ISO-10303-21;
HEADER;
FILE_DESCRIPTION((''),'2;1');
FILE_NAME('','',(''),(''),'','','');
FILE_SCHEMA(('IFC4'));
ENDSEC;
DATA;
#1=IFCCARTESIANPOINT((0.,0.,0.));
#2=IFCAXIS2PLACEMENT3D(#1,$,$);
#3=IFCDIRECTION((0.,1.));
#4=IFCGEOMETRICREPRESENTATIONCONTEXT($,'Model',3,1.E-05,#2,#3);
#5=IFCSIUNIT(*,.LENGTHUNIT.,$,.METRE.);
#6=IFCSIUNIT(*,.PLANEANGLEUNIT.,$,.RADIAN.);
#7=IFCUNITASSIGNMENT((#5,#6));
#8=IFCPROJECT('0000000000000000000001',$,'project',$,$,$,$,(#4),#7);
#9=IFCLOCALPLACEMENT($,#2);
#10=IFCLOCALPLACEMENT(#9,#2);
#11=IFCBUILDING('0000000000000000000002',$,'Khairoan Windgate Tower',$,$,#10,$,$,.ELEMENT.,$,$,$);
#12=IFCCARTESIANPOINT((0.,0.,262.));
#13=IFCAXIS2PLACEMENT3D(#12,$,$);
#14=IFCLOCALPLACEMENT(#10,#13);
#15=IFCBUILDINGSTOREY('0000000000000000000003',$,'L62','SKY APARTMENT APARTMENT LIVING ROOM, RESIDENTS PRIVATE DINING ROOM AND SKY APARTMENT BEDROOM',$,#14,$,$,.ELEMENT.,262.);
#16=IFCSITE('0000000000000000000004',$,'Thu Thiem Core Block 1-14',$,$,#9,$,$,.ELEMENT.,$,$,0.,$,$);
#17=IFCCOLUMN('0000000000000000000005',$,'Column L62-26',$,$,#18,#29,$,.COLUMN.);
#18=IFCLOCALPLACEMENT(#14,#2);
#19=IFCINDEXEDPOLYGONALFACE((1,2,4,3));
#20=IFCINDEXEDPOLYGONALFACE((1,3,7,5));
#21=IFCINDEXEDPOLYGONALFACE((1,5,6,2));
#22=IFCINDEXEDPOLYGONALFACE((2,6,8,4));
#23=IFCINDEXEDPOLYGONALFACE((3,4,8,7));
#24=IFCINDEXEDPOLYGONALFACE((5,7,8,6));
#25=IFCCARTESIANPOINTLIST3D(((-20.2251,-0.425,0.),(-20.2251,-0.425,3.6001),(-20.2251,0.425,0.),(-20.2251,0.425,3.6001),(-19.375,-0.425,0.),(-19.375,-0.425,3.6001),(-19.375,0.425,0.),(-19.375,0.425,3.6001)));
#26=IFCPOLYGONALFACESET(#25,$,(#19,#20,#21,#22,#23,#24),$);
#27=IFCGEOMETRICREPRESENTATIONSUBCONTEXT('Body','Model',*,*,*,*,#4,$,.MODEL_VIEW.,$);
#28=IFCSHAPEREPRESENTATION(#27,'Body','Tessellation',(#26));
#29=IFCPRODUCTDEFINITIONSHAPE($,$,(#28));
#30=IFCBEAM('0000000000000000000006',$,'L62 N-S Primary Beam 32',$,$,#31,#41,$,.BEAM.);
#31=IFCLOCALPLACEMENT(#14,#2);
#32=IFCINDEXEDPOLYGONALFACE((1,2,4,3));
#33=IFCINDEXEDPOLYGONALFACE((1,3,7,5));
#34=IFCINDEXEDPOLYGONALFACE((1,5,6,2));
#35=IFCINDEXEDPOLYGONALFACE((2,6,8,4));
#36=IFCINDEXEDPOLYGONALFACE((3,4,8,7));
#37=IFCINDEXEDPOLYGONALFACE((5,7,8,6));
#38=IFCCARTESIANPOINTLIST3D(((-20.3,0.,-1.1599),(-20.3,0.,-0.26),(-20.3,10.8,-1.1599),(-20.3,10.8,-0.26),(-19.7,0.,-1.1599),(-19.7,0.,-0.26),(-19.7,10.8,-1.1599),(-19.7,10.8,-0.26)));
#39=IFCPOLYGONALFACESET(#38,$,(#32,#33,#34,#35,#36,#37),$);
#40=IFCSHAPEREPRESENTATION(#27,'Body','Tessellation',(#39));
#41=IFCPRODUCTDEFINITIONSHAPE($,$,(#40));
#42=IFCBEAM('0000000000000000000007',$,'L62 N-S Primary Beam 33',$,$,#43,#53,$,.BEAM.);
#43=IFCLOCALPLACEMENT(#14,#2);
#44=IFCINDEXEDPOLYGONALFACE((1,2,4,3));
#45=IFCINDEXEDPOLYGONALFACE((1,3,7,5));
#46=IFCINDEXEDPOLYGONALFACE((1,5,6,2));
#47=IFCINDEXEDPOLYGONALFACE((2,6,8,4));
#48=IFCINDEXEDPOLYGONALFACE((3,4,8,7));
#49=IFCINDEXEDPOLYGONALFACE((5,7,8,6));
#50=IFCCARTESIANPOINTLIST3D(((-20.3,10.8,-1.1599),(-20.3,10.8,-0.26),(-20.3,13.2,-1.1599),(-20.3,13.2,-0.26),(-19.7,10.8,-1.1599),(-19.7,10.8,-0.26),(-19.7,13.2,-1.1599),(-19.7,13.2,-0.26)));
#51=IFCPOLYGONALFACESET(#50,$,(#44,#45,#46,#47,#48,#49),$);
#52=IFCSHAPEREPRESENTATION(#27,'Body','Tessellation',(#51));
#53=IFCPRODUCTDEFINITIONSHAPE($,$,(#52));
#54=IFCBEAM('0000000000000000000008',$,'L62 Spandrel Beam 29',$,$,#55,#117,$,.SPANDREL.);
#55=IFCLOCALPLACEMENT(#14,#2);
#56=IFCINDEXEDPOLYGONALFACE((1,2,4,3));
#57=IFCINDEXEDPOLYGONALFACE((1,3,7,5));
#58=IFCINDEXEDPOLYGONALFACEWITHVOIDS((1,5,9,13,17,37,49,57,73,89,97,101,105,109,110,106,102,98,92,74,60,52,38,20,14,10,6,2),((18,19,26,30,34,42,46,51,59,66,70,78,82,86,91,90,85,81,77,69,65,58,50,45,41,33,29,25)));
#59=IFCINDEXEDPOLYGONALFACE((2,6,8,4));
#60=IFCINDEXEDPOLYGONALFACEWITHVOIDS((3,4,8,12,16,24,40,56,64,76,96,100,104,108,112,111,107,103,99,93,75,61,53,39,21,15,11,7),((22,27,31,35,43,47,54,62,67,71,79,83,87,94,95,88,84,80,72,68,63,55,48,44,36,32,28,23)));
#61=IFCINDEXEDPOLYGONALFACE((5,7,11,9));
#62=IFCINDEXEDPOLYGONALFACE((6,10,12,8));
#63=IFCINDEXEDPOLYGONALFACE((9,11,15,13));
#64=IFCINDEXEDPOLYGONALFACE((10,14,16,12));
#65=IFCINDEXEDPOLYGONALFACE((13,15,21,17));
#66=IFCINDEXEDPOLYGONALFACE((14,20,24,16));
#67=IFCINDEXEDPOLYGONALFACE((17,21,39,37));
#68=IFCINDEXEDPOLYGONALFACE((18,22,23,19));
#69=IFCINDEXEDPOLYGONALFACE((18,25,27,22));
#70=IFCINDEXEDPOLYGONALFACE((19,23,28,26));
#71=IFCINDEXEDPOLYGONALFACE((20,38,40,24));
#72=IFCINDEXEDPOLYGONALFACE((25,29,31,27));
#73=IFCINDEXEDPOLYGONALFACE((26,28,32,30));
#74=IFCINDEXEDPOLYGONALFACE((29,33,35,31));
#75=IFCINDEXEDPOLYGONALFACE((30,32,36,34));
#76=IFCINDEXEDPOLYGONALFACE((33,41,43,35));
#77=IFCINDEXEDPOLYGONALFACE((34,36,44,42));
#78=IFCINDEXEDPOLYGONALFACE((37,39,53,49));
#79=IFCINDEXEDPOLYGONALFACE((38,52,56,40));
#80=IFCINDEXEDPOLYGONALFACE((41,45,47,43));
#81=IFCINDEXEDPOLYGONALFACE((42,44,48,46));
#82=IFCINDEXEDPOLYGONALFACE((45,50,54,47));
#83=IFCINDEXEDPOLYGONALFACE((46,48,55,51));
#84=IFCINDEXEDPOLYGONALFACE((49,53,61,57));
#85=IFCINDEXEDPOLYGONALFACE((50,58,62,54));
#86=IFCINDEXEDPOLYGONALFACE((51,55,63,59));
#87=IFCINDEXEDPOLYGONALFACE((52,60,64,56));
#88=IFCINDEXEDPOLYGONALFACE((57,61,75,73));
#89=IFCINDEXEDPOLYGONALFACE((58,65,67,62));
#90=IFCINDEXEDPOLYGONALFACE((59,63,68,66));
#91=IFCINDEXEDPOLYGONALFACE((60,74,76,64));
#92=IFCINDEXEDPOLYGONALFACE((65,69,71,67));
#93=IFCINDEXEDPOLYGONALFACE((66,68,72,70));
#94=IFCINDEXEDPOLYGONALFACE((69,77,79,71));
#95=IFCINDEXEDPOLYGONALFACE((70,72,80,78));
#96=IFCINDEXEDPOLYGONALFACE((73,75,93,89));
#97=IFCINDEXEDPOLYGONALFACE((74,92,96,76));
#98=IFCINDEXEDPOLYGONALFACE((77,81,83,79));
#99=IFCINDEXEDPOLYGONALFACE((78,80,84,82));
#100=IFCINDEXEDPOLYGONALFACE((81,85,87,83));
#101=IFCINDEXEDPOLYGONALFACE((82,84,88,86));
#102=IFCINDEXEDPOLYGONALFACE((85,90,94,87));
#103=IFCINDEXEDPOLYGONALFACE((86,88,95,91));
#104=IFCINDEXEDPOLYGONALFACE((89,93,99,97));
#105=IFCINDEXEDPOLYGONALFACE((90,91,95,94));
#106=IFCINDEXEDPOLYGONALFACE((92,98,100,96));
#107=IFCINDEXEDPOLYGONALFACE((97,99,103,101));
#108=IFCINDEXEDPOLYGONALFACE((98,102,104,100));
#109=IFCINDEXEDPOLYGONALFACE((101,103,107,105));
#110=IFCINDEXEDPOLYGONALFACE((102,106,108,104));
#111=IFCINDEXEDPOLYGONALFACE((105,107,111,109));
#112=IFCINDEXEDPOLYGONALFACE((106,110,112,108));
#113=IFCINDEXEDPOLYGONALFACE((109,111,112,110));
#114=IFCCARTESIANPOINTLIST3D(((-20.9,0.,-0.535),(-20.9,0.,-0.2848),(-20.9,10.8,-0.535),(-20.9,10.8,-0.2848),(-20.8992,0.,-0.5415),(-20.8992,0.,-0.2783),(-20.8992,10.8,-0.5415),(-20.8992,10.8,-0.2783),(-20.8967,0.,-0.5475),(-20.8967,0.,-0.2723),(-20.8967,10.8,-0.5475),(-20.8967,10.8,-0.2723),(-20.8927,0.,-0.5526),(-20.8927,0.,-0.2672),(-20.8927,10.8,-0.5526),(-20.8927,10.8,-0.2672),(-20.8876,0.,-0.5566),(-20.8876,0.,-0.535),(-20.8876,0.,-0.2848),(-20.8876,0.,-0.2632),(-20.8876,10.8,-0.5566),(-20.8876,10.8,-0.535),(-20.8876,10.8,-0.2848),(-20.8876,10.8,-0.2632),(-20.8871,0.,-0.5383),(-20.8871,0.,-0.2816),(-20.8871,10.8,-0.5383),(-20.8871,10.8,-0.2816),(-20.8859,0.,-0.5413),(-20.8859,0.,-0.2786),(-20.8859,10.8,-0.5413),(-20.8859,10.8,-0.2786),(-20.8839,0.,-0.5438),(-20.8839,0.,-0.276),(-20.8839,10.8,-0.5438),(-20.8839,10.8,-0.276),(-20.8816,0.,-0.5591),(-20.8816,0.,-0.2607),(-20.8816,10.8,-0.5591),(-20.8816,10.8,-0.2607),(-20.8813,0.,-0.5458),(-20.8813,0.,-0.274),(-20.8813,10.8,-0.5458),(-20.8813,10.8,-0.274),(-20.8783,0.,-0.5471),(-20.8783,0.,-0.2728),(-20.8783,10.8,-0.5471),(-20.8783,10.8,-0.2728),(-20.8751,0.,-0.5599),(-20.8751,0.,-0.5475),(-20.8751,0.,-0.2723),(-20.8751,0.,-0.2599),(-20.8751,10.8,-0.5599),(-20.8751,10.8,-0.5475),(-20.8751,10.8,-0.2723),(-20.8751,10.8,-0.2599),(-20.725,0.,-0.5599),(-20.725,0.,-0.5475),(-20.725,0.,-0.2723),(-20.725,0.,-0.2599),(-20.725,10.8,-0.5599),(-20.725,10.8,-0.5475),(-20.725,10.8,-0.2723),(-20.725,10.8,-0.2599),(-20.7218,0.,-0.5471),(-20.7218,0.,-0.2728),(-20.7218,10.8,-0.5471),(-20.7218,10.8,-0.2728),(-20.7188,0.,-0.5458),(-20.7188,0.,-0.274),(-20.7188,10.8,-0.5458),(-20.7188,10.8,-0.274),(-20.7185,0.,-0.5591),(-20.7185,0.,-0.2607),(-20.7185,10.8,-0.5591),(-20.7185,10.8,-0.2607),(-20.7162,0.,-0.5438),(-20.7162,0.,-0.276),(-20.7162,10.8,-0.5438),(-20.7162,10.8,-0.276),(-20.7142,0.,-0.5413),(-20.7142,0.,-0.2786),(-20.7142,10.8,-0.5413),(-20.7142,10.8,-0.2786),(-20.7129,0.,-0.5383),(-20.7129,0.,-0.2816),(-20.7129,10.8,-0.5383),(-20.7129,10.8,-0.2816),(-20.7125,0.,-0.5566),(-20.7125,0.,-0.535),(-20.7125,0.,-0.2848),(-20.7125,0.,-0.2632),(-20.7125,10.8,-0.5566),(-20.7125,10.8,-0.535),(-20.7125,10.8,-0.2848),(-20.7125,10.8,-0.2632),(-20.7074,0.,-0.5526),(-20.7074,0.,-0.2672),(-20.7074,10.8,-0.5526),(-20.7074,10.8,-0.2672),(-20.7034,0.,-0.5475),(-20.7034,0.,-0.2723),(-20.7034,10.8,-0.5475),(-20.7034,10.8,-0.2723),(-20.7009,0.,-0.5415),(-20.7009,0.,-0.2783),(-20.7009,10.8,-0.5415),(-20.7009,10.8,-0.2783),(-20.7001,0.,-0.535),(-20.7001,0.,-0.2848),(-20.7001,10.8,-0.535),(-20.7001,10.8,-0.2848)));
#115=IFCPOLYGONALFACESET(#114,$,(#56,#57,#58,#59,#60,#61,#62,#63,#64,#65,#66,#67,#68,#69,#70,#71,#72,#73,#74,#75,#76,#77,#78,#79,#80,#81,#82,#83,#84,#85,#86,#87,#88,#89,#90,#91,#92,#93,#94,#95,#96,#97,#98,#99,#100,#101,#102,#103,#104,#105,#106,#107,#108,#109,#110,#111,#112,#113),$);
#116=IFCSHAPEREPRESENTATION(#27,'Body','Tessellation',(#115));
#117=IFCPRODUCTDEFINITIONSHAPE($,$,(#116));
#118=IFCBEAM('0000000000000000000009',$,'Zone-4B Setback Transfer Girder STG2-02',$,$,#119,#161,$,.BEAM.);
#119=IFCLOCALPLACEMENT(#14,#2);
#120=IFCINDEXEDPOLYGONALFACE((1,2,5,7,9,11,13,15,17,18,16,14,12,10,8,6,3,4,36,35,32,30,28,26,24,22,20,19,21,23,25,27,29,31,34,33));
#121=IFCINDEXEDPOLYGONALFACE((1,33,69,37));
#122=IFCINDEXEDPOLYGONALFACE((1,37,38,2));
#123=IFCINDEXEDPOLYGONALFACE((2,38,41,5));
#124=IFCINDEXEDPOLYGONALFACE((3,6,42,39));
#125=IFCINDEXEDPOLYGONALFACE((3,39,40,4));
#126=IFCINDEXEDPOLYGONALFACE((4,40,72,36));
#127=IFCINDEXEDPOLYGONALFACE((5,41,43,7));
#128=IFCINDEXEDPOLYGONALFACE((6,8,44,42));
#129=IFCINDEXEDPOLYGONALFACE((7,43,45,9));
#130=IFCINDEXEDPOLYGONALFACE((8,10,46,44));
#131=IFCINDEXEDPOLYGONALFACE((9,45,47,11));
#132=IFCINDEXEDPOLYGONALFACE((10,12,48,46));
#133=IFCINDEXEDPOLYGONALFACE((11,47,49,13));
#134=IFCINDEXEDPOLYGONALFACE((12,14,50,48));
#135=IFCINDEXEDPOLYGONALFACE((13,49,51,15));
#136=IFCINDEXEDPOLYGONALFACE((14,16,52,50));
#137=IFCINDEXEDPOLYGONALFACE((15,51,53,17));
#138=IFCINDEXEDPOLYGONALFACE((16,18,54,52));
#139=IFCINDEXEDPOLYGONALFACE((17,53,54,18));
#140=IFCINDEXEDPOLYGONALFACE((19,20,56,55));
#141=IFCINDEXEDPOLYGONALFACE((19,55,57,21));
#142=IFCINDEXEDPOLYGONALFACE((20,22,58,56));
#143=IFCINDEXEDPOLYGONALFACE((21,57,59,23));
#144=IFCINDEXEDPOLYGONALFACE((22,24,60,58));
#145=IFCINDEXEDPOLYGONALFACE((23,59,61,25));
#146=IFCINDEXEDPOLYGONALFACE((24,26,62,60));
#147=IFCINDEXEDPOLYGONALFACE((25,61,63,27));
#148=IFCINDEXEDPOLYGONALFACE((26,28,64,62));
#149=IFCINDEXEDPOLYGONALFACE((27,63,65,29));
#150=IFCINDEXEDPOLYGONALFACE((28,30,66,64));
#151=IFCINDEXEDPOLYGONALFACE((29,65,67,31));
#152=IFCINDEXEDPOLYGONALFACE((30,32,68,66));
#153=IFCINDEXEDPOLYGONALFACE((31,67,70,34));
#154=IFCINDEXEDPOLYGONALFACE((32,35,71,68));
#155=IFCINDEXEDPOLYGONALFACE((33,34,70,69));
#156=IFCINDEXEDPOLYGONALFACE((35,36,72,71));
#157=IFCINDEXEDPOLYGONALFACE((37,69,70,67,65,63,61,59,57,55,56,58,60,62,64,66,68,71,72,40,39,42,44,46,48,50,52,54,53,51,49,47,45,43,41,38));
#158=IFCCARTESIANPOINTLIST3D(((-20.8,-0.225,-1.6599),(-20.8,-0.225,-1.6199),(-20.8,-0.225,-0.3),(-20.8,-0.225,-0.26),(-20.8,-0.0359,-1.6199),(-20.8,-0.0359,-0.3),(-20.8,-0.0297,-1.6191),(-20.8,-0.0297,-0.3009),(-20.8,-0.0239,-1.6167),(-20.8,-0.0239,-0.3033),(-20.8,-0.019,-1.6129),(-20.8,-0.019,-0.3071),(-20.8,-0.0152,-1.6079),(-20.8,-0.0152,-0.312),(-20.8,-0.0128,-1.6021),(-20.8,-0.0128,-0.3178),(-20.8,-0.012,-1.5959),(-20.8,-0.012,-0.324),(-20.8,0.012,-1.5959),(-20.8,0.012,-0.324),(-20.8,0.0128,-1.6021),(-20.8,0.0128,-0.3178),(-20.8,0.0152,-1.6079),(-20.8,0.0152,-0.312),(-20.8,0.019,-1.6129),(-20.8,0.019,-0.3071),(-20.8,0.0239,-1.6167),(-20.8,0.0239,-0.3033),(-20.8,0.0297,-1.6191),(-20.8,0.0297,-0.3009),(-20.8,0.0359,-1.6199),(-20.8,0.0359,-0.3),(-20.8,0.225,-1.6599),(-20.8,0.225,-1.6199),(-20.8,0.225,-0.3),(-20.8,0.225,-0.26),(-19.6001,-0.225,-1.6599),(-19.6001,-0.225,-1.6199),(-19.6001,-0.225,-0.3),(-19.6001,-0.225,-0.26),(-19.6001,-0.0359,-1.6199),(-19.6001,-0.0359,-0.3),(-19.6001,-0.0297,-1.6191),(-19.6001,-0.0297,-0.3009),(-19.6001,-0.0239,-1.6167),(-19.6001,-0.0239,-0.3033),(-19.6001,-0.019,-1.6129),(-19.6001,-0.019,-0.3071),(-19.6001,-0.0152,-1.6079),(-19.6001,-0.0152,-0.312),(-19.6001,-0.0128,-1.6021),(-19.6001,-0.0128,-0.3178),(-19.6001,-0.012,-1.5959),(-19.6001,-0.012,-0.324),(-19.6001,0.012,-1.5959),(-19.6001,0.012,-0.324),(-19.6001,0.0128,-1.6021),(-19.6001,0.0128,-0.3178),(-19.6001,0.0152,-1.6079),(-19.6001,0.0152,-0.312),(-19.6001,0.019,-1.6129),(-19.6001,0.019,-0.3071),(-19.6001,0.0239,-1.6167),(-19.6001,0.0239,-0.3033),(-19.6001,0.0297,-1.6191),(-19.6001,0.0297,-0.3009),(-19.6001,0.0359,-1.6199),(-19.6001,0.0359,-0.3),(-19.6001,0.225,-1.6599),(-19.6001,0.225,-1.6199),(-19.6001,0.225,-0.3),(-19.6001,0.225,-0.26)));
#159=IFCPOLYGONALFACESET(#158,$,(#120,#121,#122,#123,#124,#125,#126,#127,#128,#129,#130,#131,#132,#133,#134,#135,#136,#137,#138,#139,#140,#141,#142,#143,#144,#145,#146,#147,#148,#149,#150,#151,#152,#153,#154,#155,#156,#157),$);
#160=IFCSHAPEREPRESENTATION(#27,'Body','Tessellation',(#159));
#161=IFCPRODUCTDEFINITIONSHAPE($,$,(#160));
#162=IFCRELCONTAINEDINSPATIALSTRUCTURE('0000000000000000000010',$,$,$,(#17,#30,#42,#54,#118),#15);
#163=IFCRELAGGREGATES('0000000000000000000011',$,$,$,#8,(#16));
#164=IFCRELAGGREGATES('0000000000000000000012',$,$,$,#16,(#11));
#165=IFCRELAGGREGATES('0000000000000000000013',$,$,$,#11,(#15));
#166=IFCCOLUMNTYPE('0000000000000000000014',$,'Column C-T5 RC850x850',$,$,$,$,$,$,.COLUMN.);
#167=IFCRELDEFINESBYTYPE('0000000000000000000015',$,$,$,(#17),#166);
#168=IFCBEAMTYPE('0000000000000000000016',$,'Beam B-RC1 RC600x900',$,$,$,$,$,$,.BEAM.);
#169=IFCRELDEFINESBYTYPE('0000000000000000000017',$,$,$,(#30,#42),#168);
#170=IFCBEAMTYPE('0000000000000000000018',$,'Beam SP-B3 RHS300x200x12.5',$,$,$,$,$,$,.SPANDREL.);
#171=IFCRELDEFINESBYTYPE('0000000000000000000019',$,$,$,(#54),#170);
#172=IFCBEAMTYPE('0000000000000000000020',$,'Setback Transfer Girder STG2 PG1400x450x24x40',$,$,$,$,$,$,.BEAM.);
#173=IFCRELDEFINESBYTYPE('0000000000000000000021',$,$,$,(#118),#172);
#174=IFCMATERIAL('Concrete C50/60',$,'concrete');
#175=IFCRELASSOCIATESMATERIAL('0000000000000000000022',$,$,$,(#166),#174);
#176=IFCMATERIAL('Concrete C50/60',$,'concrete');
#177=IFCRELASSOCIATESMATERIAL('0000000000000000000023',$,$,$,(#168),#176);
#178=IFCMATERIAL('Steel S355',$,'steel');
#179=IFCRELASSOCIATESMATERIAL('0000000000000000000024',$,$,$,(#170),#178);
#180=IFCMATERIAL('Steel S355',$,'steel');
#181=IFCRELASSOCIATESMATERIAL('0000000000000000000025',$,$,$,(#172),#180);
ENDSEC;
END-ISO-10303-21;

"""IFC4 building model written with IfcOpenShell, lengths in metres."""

from ifc_helpers import new_model, si_unit, direction, frame, origin, origin_2d, place, context, subcontext, project, spatial, rectangle, hollow_rectangle, i_section, extrude, material, material_profile, profile_set, type_object, element, save


model = new_model("IFC4")

# Units and contexts
model_context = context("Model", 3, precision=1e-05, world=origin(), true_north=direction((0.0, 1.0)))
body_context = subcontext(model_context, "Body", "Model", "MODEL_VIEW")
ifc_project = project(units=[si_unit("LENGTHUNIT", "METRE"), si_unit("PLANEANGLEUNIT", "RADIAN")], contexts=[model_context])

# Site, building, storey
site_placement = place(None, origin())
site = spatial("IfcSite", under=ifc_project, at=site_placement, Name="Thu Thiem Core Block 1-14", CompositionType="ELEMENT", RefElevation=0.0)
building_placement = place(site_placement, origin())
building = spatial("IfcBuilding", under=site, at=building_placement, Name="Khairoan Windgate Tower", CompositionType="ELEMENT")
storey_placement = place(building_placement, frame((0.0, 0.0, 262.0)))
storey = spatial("IfcBuildingStorey", under=building, at=storey_placement, Name="L62", Description="SKY APARTMENT APARTMENT LIVING ROOM, RESIDENTS PRIVATE DINING ROOM AND SKY APARTMENT BEDROOM", CompositionType="ELEMENT", Elevation=262.0)

# Column
ifc_material_1 = material(Name="Concrete C50/60", Category="concrete")
ifc_material_profile_1 = material_profile(ifc_material_1, rectangle(XDim=0.8501, YDim=0.8501, at=origin_2d()))
ifc_profile_set_1 = profile_set([ifc_material_profile_1], Name="Concrete C50/60")
column_type = type_object("IfcColumnType", Name="Column C-T5 RC850x850", PredefinedType="COLUMN", material=ifc_profile_set_1)
column_placement = place(storey_placement, frame((-19.8, 0.0, 0.0), z_axis=(0.0, 0.0, 1.0), x_axis=(1.0, 0.0, 0.0)))
element("IfcColumn", 1, at=column_placement, inside=storey, type_object=column_type, Name="Column L62-26", PredefinedType="COLUMN", context=body_context, shape_type="SweptSolid", body=[
    extrude(rectangle(XDim=0.8501, YDim=0.8501, at=origin_2d()), origin(), (0.0, 0.0, 1.0), 3.6001),
])

# Beams
ifc_material_2 = material(Name="Concrete C50/60", Category="concrete")
ifc_material_profile_2 = material_profile(ifc_material_2, rectangle(XDim=0.6001, YDim=0.8999, at=origin_2d()))
ifc_profile_set_2 = profile_set([ifc_material_profile_2], Name="Concrete C50/60")
beam_type_1 = type_object("IfcBeamType", Name="Beam B-RC1 RC600x900", PredefinedType="BEAM", material=ifc_profile_set_2)
beam_1_placement = place(storey_placement, frame((-20.0, 0.0, -0.71), z_axis=(0.0, 1.0, 0.0), x_axis=(-1.0, 0.0, 0.0)))
element("IfcBeam", 2, at=beam_1_placement, inside=storey, type_object=beam_type_1, Name="L62 N-S Primary Beam 32", PredefinedType="BEAM", context=body_context, shape_type="SweptSolid", body=[
    extrude(rectangle(XDim=0.6001, YDim=0.8999, at=origin_2d()), origin(), (0.0, 0.0, 1.0), 10.8),
])
beam_2_placement = place(storey_placement, frame((-20.0, 10.8, -0.71), z_axis=(0.0, 1.0, 0.0), x_axis=(-1.0, 0.0, 0.0)))
element("IfcBeam", 3, at=beam_2_placement, inside=storey, type_object=beam_type_1, Name="L62 N-S Primary Beam 33", PredefinedType="BEAM", context=body_context, shape_type="SweptSolid", body=[
    extrude(rectangle(XDim=0.6001, YDim=0.8999, at=origin_2d()), origin(), (0.0, 0.0, 1.0), 2.3999),
])
ifc_material_3 = material(Name="Steel S355", Category="steel")
ifc_material_profile_3 = material_profile(ifc_material_3, hollow_rectangle(XDim=0.2, YDim=0.3, WallThickness=0.0125, InnerFilletRadius=0.0125, OuterFilletRadius=0.0249, at=origin_2d()))
ifc_profile_set_3 = profile_set([ifc_material_profile_3], Name="Steel S355")
beam_type_2 = type_object("IfcBeamType", Name="Beam SP-B3 RHS300x200x12.5", PredefinedType="SPANDREL", material=ifc_profile_set_3)
beam_3_placement = place(storey_placement, frame((-20.8, 0.0, -0.4099), z_axis=(0.0, 1.0, 0.0), x_axis=(-1.0, 0.0, 0.0)))
element("IfcBeam", 4, at=beam_3_placement, inside=storey, type_object=beam_type_2, Name="L62 Spandrel Beam 29", PredefinedType="SPANDREL", context=body_context, shape_type="SweptSolid", body=[
    extrude(hollow_rectangle(XDim=0.2, YDim=0.3, WallThickness=0.0125, InnerFilletRadius=0.0125, OuterFilletRadius=0.0249, at=origin_2d()), origin(), (0.0, 0.0, 1.0), 10.8),
])
ifc_material_4 = material(Name="Steel S355", Category="steel")
ifc_material_profile_4 = material_profile(ifc_material_4, i_section(OverallWidth=0.45, OverallDepth=1.3999, WebThickness=0.0239, FlangeThickness=0.04, FilletRadius=0.0239, at=origin_2d()))
ifc_profile_set_4 = profile_set([ifc_material_profile_4], Name="Steel S355")
beam_type_3 = type_object("IfcBeamType", Name="Setback Transfer Girder STG2 PG1400x450x24x40", PredefinedType="BEAM", material=ifc_profile_set_4)
for number, where, z_axis, x_axis, name in (
    (5, (-20.8, 0.0, -0.96), (1.0, 0.0, 0.0), (0.0, 1.0, 0.0), "Zone-4B Setback Transfer Girder STG2-02"),
):
    element("IfcBeam", number, at=place(storey_placement, frame(where, z_axis=z_axis, x_axis=x_axis)), inside=storey, type_object=beam_type_3, Name=name, PredefinedType="BEAM", context=body_context, shape_type="SweptSolid", body=[
        extrude(i_section(OverallWidth=0.45, OverallDepth=1.3999, WebThickness=0.0239, FlangeThickness=0.04, FilletRadius=0.0239, at=origin_2d()), origin(), (0.0, 0.0, 1.0), 1.2),
    ])

save(model, "model.ifc")
